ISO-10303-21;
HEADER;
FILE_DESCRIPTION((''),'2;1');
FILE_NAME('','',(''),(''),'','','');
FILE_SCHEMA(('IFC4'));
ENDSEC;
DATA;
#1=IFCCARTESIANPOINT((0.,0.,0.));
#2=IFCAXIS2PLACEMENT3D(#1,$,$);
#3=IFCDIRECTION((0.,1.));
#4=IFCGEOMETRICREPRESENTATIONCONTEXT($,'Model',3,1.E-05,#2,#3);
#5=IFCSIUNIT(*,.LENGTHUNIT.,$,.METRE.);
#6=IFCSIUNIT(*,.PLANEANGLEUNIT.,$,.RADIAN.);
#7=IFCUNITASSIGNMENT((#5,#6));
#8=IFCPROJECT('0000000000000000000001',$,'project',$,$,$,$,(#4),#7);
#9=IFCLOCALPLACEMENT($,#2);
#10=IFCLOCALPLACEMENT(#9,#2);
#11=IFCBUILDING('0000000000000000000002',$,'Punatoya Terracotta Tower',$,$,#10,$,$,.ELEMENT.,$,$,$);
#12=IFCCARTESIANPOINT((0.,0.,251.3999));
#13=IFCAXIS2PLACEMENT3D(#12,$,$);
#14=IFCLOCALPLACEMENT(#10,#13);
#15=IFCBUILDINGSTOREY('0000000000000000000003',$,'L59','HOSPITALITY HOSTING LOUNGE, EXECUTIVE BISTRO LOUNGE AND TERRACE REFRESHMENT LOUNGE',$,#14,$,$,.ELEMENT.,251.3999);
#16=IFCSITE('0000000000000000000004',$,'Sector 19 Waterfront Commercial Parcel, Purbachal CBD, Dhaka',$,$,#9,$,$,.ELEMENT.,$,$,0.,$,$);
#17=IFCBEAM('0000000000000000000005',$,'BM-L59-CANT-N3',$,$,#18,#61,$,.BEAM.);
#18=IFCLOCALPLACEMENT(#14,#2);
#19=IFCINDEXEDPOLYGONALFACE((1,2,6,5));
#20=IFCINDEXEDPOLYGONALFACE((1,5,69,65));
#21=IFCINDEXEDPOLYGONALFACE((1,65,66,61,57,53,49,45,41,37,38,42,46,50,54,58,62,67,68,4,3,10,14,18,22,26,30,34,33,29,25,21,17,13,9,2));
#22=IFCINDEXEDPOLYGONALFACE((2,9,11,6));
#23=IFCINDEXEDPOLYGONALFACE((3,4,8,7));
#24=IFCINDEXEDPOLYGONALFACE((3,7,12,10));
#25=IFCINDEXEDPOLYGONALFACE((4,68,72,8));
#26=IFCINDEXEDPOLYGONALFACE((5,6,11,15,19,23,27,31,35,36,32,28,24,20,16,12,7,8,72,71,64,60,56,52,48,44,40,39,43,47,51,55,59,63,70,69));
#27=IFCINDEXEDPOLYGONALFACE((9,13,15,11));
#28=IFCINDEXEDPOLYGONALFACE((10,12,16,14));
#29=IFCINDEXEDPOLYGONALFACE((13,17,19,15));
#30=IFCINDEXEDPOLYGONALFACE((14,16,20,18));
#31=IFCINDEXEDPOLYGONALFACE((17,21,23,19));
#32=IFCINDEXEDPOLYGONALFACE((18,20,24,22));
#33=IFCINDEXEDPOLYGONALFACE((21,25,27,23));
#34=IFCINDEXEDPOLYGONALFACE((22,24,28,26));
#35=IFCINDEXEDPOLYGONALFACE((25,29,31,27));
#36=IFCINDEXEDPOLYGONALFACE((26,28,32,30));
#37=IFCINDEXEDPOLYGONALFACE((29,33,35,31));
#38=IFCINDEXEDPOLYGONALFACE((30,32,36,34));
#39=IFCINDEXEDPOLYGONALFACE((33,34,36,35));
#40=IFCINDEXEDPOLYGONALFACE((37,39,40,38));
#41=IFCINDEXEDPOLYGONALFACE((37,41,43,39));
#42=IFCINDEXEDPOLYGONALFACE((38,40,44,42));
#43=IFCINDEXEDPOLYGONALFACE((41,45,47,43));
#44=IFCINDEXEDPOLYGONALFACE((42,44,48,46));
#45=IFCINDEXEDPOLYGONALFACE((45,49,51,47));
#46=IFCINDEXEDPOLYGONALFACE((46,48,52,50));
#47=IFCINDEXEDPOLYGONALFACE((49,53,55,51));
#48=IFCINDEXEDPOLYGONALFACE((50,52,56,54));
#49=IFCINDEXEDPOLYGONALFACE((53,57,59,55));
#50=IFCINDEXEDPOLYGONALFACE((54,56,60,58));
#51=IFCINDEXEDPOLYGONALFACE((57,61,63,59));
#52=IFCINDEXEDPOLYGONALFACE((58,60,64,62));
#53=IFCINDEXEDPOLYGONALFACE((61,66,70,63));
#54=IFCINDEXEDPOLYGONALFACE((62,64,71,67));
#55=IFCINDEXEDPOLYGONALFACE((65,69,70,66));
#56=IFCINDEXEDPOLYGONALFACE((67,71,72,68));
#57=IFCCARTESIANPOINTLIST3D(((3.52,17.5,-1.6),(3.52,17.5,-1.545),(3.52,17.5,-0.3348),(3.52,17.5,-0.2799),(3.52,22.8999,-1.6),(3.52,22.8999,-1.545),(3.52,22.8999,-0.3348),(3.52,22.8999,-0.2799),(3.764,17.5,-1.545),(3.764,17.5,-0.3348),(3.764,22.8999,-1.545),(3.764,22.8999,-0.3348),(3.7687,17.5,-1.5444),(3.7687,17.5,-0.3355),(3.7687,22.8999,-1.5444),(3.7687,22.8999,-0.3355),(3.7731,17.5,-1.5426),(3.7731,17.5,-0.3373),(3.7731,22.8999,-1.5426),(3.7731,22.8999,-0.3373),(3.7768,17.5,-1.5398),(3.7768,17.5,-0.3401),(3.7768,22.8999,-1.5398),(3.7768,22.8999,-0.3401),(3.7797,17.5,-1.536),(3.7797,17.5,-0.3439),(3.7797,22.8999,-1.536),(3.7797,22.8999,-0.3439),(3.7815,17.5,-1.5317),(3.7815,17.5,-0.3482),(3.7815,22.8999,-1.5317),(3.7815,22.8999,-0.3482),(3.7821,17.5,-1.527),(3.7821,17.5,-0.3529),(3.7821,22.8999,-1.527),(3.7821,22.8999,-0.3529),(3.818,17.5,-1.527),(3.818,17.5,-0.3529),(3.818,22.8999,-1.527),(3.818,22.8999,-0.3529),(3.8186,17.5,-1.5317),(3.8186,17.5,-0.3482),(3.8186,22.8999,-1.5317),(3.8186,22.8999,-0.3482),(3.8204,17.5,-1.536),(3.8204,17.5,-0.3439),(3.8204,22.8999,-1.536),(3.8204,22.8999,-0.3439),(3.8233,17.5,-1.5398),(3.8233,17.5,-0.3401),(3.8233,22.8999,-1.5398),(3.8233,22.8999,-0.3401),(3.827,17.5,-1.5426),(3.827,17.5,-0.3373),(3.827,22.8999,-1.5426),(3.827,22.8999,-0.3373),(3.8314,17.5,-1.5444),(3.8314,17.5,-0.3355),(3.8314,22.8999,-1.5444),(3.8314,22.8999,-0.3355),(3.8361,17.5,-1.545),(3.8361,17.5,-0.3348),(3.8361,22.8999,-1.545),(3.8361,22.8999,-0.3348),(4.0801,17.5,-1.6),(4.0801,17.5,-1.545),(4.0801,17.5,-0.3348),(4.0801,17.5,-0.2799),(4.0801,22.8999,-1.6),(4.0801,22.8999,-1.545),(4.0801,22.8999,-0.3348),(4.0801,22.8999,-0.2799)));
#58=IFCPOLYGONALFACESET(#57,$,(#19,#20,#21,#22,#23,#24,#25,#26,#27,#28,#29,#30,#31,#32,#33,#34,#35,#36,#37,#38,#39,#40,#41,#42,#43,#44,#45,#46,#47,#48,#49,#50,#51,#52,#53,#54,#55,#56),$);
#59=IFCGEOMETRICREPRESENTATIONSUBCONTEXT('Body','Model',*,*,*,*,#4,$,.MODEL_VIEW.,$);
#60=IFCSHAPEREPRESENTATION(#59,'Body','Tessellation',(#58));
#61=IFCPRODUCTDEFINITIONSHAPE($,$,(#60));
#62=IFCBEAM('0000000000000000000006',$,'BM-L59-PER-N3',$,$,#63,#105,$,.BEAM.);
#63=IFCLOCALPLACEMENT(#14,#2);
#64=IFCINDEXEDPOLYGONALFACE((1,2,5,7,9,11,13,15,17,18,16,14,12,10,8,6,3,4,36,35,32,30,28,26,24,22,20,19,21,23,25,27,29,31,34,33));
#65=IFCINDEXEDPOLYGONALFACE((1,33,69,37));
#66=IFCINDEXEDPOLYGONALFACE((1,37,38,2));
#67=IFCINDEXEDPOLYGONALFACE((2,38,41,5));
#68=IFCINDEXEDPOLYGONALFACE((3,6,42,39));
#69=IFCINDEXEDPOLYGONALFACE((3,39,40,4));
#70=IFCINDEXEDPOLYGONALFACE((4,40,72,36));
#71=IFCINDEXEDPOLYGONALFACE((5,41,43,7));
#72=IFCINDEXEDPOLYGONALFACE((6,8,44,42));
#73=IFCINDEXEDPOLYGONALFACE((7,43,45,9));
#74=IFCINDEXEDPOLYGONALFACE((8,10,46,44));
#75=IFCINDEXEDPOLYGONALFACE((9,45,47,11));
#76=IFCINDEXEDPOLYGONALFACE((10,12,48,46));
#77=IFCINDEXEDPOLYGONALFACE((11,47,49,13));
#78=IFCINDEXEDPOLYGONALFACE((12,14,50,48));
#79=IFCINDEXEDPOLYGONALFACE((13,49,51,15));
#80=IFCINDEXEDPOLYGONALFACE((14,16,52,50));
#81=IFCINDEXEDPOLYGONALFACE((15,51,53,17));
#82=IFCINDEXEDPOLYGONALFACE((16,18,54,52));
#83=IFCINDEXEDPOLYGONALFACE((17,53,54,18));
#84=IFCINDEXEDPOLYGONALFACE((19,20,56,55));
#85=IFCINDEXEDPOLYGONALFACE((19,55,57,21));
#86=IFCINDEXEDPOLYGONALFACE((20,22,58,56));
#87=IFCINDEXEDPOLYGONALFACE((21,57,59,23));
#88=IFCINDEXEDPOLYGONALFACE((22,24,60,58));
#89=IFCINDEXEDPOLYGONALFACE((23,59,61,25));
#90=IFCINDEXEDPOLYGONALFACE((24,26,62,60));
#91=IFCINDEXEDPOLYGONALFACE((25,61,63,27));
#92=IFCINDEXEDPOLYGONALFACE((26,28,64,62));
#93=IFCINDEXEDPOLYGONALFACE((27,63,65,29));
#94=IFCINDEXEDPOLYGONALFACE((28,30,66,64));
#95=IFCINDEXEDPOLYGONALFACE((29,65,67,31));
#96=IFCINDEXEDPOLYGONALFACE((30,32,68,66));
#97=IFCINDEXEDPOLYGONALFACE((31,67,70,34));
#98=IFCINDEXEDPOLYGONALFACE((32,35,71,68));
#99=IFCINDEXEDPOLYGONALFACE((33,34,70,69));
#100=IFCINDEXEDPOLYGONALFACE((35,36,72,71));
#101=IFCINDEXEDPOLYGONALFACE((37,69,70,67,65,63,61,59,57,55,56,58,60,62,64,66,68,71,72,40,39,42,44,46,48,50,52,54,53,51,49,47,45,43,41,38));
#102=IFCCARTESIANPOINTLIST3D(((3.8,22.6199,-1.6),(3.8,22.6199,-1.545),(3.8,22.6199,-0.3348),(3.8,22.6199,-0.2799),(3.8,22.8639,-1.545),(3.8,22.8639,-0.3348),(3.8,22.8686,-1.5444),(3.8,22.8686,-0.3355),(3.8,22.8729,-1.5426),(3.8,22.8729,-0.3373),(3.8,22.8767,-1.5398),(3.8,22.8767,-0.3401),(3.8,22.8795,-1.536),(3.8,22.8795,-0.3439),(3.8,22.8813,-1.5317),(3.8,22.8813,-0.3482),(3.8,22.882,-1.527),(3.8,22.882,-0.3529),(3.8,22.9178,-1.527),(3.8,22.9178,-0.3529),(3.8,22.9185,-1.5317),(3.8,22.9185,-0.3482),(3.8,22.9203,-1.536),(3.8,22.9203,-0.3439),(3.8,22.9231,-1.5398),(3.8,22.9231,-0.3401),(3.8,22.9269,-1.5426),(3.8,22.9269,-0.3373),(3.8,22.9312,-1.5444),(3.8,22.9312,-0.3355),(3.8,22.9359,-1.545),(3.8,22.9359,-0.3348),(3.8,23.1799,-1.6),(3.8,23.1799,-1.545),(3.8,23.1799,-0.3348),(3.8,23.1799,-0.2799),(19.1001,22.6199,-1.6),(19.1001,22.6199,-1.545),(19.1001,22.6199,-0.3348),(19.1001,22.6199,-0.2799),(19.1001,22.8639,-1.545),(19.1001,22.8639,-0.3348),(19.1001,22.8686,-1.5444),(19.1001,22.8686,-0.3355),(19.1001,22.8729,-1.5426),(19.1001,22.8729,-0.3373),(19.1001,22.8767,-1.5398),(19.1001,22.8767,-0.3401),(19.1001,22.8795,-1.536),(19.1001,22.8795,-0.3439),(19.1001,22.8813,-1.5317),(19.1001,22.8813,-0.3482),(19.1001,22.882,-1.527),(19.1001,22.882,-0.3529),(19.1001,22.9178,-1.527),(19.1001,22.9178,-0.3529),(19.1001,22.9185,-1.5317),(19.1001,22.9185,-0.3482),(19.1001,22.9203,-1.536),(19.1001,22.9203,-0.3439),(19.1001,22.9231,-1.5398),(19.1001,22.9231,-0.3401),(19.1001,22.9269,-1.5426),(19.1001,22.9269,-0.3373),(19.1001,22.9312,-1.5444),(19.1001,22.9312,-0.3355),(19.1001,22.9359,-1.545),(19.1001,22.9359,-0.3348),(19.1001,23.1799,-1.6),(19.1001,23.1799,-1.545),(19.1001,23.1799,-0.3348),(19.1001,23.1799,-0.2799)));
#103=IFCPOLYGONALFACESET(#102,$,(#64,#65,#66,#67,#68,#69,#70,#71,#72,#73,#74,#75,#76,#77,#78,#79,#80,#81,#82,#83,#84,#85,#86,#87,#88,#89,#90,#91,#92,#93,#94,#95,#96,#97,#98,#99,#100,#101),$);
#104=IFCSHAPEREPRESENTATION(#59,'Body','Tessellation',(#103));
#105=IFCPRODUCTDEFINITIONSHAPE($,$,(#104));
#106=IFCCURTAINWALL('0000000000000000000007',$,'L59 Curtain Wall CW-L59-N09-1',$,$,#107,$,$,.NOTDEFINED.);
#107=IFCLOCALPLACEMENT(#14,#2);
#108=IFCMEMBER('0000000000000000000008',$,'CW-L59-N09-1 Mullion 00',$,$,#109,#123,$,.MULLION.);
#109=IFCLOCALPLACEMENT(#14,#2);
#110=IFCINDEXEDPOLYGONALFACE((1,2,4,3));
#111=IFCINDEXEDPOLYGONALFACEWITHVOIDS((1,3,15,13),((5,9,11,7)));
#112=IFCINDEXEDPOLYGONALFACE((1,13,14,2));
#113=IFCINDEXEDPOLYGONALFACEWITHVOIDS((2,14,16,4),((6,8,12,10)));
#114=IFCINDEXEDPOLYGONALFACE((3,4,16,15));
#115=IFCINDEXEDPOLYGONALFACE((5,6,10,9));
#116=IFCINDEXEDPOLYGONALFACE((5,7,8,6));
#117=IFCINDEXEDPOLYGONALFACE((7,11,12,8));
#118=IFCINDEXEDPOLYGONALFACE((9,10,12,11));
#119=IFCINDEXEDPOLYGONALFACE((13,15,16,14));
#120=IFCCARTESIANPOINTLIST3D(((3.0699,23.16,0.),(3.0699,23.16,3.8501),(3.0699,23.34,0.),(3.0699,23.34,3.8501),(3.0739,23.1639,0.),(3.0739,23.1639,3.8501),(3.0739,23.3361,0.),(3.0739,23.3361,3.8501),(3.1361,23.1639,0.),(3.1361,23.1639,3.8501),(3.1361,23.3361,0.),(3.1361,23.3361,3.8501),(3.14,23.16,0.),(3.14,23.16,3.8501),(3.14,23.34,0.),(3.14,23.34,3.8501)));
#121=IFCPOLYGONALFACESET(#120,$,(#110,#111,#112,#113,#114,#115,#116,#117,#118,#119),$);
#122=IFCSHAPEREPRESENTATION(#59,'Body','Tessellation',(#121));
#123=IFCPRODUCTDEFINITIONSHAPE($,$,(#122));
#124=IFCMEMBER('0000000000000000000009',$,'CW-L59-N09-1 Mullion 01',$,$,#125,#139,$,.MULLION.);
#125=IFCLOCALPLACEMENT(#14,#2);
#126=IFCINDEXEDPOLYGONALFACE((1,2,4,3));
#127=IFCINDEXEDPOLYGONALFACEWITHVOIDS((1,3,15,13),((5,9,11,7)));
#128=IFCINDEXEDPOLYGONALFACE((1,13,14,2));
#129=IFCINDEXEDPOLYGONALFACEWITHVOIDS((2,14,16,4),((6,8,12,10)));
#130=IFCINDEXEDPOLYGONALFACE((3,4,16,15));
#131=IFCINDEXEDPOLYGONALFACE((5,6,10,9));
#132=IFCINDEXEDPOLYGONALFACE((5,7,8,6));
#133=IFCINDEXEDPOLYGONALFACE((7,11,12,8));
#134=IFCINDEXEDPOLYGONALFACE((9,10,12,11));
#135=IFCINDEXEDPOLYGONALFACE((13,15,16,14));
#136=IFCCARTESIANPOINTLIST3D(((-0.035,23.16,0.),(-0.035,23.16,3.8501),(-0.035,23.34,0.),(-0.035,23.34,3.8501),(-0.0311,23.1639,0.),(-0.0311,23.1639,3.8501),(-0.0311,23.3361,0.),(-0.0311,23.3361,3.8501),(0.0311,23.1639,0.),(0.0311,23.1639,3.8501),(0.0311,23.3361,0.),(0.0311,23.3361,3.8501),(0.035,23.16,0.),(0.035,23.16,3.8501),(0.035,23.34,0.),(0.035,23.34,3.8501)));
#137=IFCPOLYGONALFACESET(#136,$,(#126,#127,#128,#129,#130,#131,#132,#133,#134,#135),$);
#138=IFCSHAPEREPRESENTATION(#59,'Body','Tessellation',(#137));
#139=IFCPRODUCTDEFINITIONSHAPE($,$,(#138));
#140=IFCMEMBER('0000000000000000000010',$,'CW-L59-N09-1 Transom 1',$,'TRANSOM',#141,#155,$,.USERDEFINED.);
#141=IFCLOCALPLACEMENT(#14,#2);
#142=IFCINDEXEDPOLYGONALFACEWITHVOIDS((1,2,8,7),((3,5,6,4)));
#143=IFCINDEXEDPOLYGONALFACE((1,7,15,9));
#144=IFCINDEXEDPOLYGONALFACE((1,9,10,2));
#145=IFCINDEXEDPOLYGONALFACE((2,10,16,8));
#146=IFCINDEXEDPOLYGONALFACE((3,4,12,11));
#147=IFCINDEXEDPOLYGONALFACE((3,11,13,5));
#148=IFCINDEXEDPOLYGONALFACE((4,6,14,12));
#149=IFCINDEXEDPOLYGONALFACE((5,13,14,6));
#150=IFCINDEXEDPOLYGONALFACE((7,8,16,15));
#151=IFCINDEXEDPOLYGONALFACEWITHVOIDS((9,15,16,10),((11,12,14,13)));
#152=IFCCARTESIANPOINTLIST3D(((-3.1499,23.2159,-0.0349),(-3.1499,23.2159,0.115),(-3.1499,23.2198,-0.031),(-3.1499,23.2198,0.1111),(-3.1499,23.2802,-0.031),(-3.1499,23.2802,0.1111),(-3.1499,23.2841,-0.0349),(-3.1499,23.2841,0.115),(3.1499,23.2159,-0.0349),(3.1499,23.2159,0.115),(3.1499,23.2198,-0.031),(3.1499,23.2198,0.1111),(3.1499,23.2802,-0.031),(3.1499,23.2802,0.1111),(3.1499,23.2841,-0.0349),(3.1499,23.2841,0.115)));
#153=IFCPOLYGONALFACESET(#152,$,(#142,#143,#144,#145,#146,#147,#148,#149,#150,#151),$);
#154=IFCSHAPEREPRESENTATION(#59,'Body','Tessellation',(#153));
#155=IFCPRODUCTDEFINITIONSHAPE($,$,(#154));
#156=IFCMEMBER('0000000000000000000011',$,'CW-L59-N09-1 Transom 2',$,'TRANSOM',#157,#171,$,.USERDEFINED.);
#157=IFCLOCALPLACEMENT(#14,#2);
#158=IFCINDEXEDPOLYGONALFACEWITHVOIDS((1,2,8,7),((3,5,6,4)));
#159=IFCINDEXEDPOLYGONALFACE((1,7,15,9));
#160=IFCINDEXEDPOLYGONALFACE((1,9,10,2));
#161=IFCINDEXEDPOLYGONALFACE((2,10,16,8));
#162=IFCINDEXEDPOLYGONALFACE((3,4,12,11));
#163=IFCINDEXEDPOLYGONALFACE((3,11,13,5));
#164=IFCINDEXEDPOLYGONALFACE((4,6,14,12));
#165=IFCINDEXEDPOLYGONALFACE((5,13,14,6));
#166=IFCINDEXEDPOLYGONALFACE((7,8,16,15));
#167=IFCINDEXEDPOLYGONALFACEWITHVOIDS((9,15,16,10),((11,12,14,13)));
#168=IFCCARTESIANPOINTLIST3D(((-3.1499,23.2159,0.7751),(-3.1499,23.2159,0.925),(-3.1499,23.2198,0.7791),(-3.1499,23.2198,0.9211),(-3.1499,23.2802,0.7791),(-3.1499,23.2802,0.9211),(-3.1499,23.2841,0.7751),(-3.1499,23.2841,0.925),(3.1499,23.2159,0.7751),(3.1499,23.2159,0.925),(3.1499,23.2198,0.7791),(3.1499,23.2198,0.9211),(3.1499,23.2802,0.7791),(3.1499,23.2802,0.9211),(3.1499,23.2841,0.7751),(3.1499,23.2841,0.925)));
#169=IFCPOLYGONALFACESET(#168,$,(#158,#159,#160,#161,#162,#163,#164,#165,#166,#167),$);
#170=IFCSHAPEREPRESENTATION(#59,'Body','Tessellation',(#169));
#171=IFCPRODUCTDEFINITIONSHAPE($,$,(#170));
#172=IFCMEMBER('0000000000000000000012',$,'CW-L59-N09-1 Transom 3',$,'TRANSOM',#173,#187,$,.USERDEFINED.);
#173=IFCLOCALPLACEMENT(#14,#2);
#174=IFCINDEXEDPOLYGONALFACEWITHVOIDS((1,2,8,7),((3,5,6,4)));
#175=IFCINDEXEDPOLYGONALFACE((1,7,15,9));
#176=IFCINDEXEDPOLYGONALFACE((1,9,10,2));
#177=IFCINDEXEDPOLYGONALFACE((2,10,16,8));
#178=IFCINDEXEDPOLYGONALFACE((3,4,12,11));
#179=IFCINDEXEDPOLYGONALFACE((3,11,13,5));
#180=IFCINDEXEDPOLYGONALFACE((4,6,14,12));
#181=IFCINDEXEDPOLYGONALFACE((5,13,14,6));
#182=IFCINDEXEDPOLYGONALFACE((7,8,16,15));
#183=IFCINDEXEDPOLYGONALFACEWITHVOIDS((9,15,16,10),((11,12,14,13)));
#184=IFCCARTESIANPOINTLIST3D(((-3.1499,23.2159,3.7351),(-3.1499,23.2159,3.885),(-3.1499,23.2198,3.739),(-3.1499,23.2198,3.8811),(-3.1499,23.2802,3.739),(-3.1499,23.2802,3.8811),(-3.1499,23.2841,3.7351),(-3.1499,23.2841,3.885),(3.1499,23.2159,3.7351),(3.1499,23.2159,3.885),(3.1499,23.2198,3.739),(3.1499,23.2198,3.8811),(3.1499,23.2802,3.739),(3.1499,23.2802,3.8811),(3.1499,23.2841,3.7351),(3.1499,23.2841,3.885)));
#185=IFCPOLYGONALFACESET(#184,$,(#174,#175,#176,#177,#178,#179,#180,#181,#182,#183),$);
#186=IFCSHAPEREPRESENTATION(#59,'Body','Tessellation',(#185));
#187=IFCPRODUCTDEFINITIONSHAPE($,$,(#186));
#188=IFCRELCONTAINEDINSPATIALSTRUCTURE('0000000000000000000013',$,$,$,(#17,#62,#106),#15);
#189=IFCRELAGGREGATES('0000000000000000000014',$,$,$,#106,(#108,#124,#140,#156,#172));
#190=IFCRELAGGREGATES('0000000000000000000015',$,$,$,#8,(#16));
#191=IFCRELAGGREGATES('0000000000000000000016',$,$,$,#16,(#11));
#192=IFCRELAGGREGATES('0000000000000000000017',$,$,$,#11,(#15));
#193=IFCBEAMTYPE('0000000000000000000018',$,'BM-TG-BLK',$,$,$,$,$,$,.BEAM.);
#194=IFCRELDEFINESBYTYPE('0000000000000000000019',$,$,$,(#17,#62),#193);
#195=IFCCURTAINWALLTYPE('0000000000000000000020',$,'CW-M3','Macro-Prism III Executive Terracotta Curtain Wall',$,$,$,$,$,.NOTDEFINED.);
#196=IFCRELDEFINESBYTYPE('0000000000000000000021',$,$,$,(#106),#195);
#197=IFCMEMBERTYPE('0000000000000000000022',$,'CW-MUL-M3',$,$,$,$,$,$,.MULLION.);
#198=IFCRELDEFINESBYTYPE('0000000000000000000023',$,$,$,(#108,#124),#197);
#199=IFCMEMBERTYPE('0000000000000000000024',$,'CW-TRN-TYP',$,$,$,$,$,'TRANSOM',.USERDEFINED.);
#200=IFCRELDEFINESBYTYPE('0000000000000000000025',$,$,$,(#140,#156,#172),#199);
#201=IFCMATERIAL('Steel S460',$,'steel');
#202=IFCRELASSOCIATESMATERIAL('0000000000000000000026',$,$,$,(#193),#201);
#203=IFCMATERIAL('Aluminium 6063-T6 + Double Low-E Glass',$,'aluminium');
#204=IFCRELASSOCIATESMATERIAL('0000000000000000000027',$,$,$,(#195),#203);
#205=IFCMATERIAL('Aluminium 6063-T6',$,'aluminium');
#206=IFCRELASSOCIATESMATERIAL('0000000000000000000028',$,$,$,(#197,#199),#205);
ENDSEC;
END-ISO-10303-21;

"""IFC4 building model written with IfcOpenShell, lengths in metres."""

from ifc_helpers import new_model, si_unit, direction, frame, origin, origin_2d, place, context, subcontext, project, spatial, hollow_rectangle, i_section, extrude, material, material_profile, profile_set, type_object, element, aggregate, save


model = new_model("IFC4")

# Units and contexts
model_context = context("Model", 3, precision=1e-05, world=origin(), true_north=direction((0.0, 1.0)))
body_context = subcontext(model_context, "Body", "Model", "MODEL_VIEW")
ifc_project = project(units=[si_unit("LENGTHUNIT", "METRE"), si_unit("PLANEANGLEUNIT", "RADIAN")], contexts=[model_context])

# Site, building, storey
site_placement = place(None, origin())
site = spatial("IfcSite", under=ifc_project, at=site_placement, Name="Sector 19 Waterfront Commercial Parcel, Purbachal CBD, Dhaka", CompositionType="ELEMENT", RefElevation=0.0)
building_placement = place(site_placement, origin())
building = spatial("IfcBuilding", under=site, at=building_placement, Name="Punatoya Terracotta Tower", CompositionType="ELEMENT")
storey_placement = place(building_placement, frame((0.0, 0.0, 251.3999)))
storey = spatial("IfcBuildingStorey", under=building, at=storey_placement, Name="L59", Description="HOSPITALITY HOSTING LOUNGE, EXECUTIVE BISTRO LOUNGE AND TERRACE REFRESHMENT LOUNGE", CompositionType="ELEMENT", Elevation=251.3999)

# Shared definitions
ifc_material_1 = material(Name="Steel S460", Category="steel")

# Beams
ifc_material_profile_1 = material_profile(ifc_material_1, i_section(OverallWidth=0.5601, OverallDepth=1.3201, WebThickness=0.0359, FlangeThickness=0.0549, FilletRadius=0.0181, at=origin_2d()))
ifc_profile_set_1 = profile_set([ifc_material_profile_1], Name="Steel S460")
beam_type = type_object("IfcBeamType", Name="BM-TG-BLK", PredefinedType="BEAM", material=ifc_profile_set_1)
beam_1_placement = place(storey_placement, frame((3.8, 17.5, -0.9399), z_axis=(0.0, 1.0, 0.0), x_axis=(-1.0, 0.0, 0.0)))
element("IfcBeam", 1, at=beam_1_placement, inside=storey, type_object=beam_type, Name="BM-L59-CANT-N3", PredefinedType="BEAM", context=body_context, shape_type="SweptSolid", body=[
    extrude(i_section(OverallWidth=0.5601, OverallDepth=1.3201, WebThickness=0.0359, FlangeThickness=0.0549, FilletRadius=0.0181, at=origin_2d()), origin(), (0.0, 0.0, 1.0), 5.3999),
])
beam_2_placement = place(storey_placement, frame((3.8, 22.8999, -0.9399), z_axis=(1.0, 0.0, 0.0), x_axis=(0.0, 1.0, 0.0)))
element("IfcBeam", 2, at=beam_2_placement, inside=storey, type_object=beam_type, Name="BM-L59-PER-N3", PredefinedType="BEAM", context=body_context, shape_type="SweptSolid", body=[
    extrude(i_section(OverallWidth=0.5601, OverallDepth=1.3201, WebThickness=0.0359, FlangeThickness=0.0549, FilletRadius=0.0181, at=origin_2d()), origin(), (0.0, 0.0, 1.0), 15.3),
])

# Curtain wall, members
ifc_material_2 = material(Name="Aluminium 6063-T6 + Double Low-E Glass", Category="aluminium")
curtain_wall_type = type_object("IfcCurtainWallType", Name="CW-M3", Description="Macro-Prism III Executive Terracotta Curtain Wall", PredefinedType="NOTDEFINED", material=ifc_material_2)
curtain_wall_placement = place(storey_placement, origin())
curtain_wall = element("IfcCurtainWall", 3, at=curtain_wall_placement, inside=storey, type_object=curtain_wall_type, Name="L59 Curtain Wall CW-L59-N09-1", PredefinedType="NOTDEFINED")
ifc_material_3 = material(Name="Aluminium 6063-T6", Category="aluminium")
ifc_material_profile_2 = material_profile(ifc_material_3, hollow_rectangle(XDim=0.0701, YDim=0.1799, WallThickness=0.0039, at=origin_2d()))
ifc_profile_set_2 = profile_set([ifc_material_profile_2], Name="Aluminium 6063-T6")
member_type_1 = type_object("IfcMemberType", Name="CW-MUL-M3", PredefinedType="MULLION", material=ifc_profile_set_2)
member_1_placement = place(storey_placement, frame((3.105, 23.25, 0.0), z_axis=(0.0, 0.0, 1.0), x_axis=(1.0, 0.0, 0.0)))
member_1 = element("IfcMember", 4, at=member_1_placement, type_object=member_type_1, Name="CW-L59-N09-1 Mullion 00", PredefinedType="MULLION", context=body_context, shape_type="SweptSolid", body=[
    extrude(hollow_rectangle(XDim=0.0701, YDim=0.1799, WallThickness=0.0039, at=origin_2d()), origin(), (0.0, 0.0, 1.0), 3.8501),
])
member_2_placement = place(storey_placement, frame((0.0, 23.25, 0.0), z_axis=(0.0, 0.0, 1.0), x_axis=(1.0, 0.0, 0.0)))
member_2 = element("IfcMember", 5, at=member_2_placement, type_object=member_type_1, Name="CW-L59-N09-1 Mullion 01", PredefinedType="MULLION", context=body_context, shape_type="SweptSolid", body=[
    extrude(hollow_rectangle(XDim=0.0701, YDim=0.1799, WallThickness=0.0039, at=origin_2d()), origin(), (0.0, 0.0, 1.0), 3.8501),
])
ifc_material_profile_3 = material_profile(ifc_material_3, hollow_rectangle(XDim=0.0681, YDim=0.1499, WallThickness=0.0039, at=origin_2d()))
ifc_profile_set_3 = profile_set([ifc_material_profile_3], Name="Aluminium 6063-T6")
member_type_2 = type_object("IfcMemberType", Name="CW-TRN-TYP", ElementType="TRANSOM", PredefinedType="USERDEFINED", material=ifc_profile_set_3)
member_3_placement = place(storey_placement, frame((3.1499, 23.25, 0.04), z_axis=(-1.0, 0.0, 0.0), x_axis=(0.0, -1.0, 0.0)))
member_3 = element("IfcMember", 6, at=member_3_placement, type_object=member_type_2, Name="CW-L59-N09-1 Transom 1", ObjectType="TRANSOM", PredefinedType="USERDEFINED", context=body_context, shape_type="SweptSolid", body=[
    extrude(hollow_rectangle(XDim=0.0681, YDim=0.1499, WallThickness=0.0039, at=origin_2d()), origin(), (0.0, 0.0, 1.0), 6.2998),
])
member_4_placement = place(storey_placement, frame((3.1499, 23.25, 0.8501), z_axis=(-1.0, 0.0, 0.0), x_axis=(0.0, -1.0, 0.0)))
member_4 = element("IfcMember", 7, at=member_4_placement, type_object=member_type_2, Name="CW-L59-N09-1 Transom 2", ObjectType="TRANSOM", PredefinedType="USERDEFINED", context=body_context, shape_type="SweptSolid", body=[
    extrude(hollow_rectangle(XDim=0.0681, YDim=0.1499, WallThickness=0.0039, at=origin_2d()), origin(), (0.0, 0.0, 1.0), 6.2998),
])
member_5_placement = place(storey_placement, frame((3.1499, 23.25, 3.8101), z_axis=(-1.0, 0.0, 0.0), x_axis=(0.0, -1.0, 0.0)))
member_5 = element("IfcMember", 8, at=member_5_placement, type_object=member_type_2, Name="CW-L59-N09-1 Transom 3", ObjectType="TRANSOM", PredefinedType="USERDEFINED", context=body_context, shape_type="SweptSolid", body=[
    extrude(hollow_rectangle(XDim=0.0681, YDim=0.1499, WallThickness=0.0039, at=origin_2d()), origin(), (0.0, 0.0, 1.0), 6.2998),
])

aggregate(curtain_wall, [member_1, member_2, member_3, member_4, member_5])

save(model, "model.ifc")
